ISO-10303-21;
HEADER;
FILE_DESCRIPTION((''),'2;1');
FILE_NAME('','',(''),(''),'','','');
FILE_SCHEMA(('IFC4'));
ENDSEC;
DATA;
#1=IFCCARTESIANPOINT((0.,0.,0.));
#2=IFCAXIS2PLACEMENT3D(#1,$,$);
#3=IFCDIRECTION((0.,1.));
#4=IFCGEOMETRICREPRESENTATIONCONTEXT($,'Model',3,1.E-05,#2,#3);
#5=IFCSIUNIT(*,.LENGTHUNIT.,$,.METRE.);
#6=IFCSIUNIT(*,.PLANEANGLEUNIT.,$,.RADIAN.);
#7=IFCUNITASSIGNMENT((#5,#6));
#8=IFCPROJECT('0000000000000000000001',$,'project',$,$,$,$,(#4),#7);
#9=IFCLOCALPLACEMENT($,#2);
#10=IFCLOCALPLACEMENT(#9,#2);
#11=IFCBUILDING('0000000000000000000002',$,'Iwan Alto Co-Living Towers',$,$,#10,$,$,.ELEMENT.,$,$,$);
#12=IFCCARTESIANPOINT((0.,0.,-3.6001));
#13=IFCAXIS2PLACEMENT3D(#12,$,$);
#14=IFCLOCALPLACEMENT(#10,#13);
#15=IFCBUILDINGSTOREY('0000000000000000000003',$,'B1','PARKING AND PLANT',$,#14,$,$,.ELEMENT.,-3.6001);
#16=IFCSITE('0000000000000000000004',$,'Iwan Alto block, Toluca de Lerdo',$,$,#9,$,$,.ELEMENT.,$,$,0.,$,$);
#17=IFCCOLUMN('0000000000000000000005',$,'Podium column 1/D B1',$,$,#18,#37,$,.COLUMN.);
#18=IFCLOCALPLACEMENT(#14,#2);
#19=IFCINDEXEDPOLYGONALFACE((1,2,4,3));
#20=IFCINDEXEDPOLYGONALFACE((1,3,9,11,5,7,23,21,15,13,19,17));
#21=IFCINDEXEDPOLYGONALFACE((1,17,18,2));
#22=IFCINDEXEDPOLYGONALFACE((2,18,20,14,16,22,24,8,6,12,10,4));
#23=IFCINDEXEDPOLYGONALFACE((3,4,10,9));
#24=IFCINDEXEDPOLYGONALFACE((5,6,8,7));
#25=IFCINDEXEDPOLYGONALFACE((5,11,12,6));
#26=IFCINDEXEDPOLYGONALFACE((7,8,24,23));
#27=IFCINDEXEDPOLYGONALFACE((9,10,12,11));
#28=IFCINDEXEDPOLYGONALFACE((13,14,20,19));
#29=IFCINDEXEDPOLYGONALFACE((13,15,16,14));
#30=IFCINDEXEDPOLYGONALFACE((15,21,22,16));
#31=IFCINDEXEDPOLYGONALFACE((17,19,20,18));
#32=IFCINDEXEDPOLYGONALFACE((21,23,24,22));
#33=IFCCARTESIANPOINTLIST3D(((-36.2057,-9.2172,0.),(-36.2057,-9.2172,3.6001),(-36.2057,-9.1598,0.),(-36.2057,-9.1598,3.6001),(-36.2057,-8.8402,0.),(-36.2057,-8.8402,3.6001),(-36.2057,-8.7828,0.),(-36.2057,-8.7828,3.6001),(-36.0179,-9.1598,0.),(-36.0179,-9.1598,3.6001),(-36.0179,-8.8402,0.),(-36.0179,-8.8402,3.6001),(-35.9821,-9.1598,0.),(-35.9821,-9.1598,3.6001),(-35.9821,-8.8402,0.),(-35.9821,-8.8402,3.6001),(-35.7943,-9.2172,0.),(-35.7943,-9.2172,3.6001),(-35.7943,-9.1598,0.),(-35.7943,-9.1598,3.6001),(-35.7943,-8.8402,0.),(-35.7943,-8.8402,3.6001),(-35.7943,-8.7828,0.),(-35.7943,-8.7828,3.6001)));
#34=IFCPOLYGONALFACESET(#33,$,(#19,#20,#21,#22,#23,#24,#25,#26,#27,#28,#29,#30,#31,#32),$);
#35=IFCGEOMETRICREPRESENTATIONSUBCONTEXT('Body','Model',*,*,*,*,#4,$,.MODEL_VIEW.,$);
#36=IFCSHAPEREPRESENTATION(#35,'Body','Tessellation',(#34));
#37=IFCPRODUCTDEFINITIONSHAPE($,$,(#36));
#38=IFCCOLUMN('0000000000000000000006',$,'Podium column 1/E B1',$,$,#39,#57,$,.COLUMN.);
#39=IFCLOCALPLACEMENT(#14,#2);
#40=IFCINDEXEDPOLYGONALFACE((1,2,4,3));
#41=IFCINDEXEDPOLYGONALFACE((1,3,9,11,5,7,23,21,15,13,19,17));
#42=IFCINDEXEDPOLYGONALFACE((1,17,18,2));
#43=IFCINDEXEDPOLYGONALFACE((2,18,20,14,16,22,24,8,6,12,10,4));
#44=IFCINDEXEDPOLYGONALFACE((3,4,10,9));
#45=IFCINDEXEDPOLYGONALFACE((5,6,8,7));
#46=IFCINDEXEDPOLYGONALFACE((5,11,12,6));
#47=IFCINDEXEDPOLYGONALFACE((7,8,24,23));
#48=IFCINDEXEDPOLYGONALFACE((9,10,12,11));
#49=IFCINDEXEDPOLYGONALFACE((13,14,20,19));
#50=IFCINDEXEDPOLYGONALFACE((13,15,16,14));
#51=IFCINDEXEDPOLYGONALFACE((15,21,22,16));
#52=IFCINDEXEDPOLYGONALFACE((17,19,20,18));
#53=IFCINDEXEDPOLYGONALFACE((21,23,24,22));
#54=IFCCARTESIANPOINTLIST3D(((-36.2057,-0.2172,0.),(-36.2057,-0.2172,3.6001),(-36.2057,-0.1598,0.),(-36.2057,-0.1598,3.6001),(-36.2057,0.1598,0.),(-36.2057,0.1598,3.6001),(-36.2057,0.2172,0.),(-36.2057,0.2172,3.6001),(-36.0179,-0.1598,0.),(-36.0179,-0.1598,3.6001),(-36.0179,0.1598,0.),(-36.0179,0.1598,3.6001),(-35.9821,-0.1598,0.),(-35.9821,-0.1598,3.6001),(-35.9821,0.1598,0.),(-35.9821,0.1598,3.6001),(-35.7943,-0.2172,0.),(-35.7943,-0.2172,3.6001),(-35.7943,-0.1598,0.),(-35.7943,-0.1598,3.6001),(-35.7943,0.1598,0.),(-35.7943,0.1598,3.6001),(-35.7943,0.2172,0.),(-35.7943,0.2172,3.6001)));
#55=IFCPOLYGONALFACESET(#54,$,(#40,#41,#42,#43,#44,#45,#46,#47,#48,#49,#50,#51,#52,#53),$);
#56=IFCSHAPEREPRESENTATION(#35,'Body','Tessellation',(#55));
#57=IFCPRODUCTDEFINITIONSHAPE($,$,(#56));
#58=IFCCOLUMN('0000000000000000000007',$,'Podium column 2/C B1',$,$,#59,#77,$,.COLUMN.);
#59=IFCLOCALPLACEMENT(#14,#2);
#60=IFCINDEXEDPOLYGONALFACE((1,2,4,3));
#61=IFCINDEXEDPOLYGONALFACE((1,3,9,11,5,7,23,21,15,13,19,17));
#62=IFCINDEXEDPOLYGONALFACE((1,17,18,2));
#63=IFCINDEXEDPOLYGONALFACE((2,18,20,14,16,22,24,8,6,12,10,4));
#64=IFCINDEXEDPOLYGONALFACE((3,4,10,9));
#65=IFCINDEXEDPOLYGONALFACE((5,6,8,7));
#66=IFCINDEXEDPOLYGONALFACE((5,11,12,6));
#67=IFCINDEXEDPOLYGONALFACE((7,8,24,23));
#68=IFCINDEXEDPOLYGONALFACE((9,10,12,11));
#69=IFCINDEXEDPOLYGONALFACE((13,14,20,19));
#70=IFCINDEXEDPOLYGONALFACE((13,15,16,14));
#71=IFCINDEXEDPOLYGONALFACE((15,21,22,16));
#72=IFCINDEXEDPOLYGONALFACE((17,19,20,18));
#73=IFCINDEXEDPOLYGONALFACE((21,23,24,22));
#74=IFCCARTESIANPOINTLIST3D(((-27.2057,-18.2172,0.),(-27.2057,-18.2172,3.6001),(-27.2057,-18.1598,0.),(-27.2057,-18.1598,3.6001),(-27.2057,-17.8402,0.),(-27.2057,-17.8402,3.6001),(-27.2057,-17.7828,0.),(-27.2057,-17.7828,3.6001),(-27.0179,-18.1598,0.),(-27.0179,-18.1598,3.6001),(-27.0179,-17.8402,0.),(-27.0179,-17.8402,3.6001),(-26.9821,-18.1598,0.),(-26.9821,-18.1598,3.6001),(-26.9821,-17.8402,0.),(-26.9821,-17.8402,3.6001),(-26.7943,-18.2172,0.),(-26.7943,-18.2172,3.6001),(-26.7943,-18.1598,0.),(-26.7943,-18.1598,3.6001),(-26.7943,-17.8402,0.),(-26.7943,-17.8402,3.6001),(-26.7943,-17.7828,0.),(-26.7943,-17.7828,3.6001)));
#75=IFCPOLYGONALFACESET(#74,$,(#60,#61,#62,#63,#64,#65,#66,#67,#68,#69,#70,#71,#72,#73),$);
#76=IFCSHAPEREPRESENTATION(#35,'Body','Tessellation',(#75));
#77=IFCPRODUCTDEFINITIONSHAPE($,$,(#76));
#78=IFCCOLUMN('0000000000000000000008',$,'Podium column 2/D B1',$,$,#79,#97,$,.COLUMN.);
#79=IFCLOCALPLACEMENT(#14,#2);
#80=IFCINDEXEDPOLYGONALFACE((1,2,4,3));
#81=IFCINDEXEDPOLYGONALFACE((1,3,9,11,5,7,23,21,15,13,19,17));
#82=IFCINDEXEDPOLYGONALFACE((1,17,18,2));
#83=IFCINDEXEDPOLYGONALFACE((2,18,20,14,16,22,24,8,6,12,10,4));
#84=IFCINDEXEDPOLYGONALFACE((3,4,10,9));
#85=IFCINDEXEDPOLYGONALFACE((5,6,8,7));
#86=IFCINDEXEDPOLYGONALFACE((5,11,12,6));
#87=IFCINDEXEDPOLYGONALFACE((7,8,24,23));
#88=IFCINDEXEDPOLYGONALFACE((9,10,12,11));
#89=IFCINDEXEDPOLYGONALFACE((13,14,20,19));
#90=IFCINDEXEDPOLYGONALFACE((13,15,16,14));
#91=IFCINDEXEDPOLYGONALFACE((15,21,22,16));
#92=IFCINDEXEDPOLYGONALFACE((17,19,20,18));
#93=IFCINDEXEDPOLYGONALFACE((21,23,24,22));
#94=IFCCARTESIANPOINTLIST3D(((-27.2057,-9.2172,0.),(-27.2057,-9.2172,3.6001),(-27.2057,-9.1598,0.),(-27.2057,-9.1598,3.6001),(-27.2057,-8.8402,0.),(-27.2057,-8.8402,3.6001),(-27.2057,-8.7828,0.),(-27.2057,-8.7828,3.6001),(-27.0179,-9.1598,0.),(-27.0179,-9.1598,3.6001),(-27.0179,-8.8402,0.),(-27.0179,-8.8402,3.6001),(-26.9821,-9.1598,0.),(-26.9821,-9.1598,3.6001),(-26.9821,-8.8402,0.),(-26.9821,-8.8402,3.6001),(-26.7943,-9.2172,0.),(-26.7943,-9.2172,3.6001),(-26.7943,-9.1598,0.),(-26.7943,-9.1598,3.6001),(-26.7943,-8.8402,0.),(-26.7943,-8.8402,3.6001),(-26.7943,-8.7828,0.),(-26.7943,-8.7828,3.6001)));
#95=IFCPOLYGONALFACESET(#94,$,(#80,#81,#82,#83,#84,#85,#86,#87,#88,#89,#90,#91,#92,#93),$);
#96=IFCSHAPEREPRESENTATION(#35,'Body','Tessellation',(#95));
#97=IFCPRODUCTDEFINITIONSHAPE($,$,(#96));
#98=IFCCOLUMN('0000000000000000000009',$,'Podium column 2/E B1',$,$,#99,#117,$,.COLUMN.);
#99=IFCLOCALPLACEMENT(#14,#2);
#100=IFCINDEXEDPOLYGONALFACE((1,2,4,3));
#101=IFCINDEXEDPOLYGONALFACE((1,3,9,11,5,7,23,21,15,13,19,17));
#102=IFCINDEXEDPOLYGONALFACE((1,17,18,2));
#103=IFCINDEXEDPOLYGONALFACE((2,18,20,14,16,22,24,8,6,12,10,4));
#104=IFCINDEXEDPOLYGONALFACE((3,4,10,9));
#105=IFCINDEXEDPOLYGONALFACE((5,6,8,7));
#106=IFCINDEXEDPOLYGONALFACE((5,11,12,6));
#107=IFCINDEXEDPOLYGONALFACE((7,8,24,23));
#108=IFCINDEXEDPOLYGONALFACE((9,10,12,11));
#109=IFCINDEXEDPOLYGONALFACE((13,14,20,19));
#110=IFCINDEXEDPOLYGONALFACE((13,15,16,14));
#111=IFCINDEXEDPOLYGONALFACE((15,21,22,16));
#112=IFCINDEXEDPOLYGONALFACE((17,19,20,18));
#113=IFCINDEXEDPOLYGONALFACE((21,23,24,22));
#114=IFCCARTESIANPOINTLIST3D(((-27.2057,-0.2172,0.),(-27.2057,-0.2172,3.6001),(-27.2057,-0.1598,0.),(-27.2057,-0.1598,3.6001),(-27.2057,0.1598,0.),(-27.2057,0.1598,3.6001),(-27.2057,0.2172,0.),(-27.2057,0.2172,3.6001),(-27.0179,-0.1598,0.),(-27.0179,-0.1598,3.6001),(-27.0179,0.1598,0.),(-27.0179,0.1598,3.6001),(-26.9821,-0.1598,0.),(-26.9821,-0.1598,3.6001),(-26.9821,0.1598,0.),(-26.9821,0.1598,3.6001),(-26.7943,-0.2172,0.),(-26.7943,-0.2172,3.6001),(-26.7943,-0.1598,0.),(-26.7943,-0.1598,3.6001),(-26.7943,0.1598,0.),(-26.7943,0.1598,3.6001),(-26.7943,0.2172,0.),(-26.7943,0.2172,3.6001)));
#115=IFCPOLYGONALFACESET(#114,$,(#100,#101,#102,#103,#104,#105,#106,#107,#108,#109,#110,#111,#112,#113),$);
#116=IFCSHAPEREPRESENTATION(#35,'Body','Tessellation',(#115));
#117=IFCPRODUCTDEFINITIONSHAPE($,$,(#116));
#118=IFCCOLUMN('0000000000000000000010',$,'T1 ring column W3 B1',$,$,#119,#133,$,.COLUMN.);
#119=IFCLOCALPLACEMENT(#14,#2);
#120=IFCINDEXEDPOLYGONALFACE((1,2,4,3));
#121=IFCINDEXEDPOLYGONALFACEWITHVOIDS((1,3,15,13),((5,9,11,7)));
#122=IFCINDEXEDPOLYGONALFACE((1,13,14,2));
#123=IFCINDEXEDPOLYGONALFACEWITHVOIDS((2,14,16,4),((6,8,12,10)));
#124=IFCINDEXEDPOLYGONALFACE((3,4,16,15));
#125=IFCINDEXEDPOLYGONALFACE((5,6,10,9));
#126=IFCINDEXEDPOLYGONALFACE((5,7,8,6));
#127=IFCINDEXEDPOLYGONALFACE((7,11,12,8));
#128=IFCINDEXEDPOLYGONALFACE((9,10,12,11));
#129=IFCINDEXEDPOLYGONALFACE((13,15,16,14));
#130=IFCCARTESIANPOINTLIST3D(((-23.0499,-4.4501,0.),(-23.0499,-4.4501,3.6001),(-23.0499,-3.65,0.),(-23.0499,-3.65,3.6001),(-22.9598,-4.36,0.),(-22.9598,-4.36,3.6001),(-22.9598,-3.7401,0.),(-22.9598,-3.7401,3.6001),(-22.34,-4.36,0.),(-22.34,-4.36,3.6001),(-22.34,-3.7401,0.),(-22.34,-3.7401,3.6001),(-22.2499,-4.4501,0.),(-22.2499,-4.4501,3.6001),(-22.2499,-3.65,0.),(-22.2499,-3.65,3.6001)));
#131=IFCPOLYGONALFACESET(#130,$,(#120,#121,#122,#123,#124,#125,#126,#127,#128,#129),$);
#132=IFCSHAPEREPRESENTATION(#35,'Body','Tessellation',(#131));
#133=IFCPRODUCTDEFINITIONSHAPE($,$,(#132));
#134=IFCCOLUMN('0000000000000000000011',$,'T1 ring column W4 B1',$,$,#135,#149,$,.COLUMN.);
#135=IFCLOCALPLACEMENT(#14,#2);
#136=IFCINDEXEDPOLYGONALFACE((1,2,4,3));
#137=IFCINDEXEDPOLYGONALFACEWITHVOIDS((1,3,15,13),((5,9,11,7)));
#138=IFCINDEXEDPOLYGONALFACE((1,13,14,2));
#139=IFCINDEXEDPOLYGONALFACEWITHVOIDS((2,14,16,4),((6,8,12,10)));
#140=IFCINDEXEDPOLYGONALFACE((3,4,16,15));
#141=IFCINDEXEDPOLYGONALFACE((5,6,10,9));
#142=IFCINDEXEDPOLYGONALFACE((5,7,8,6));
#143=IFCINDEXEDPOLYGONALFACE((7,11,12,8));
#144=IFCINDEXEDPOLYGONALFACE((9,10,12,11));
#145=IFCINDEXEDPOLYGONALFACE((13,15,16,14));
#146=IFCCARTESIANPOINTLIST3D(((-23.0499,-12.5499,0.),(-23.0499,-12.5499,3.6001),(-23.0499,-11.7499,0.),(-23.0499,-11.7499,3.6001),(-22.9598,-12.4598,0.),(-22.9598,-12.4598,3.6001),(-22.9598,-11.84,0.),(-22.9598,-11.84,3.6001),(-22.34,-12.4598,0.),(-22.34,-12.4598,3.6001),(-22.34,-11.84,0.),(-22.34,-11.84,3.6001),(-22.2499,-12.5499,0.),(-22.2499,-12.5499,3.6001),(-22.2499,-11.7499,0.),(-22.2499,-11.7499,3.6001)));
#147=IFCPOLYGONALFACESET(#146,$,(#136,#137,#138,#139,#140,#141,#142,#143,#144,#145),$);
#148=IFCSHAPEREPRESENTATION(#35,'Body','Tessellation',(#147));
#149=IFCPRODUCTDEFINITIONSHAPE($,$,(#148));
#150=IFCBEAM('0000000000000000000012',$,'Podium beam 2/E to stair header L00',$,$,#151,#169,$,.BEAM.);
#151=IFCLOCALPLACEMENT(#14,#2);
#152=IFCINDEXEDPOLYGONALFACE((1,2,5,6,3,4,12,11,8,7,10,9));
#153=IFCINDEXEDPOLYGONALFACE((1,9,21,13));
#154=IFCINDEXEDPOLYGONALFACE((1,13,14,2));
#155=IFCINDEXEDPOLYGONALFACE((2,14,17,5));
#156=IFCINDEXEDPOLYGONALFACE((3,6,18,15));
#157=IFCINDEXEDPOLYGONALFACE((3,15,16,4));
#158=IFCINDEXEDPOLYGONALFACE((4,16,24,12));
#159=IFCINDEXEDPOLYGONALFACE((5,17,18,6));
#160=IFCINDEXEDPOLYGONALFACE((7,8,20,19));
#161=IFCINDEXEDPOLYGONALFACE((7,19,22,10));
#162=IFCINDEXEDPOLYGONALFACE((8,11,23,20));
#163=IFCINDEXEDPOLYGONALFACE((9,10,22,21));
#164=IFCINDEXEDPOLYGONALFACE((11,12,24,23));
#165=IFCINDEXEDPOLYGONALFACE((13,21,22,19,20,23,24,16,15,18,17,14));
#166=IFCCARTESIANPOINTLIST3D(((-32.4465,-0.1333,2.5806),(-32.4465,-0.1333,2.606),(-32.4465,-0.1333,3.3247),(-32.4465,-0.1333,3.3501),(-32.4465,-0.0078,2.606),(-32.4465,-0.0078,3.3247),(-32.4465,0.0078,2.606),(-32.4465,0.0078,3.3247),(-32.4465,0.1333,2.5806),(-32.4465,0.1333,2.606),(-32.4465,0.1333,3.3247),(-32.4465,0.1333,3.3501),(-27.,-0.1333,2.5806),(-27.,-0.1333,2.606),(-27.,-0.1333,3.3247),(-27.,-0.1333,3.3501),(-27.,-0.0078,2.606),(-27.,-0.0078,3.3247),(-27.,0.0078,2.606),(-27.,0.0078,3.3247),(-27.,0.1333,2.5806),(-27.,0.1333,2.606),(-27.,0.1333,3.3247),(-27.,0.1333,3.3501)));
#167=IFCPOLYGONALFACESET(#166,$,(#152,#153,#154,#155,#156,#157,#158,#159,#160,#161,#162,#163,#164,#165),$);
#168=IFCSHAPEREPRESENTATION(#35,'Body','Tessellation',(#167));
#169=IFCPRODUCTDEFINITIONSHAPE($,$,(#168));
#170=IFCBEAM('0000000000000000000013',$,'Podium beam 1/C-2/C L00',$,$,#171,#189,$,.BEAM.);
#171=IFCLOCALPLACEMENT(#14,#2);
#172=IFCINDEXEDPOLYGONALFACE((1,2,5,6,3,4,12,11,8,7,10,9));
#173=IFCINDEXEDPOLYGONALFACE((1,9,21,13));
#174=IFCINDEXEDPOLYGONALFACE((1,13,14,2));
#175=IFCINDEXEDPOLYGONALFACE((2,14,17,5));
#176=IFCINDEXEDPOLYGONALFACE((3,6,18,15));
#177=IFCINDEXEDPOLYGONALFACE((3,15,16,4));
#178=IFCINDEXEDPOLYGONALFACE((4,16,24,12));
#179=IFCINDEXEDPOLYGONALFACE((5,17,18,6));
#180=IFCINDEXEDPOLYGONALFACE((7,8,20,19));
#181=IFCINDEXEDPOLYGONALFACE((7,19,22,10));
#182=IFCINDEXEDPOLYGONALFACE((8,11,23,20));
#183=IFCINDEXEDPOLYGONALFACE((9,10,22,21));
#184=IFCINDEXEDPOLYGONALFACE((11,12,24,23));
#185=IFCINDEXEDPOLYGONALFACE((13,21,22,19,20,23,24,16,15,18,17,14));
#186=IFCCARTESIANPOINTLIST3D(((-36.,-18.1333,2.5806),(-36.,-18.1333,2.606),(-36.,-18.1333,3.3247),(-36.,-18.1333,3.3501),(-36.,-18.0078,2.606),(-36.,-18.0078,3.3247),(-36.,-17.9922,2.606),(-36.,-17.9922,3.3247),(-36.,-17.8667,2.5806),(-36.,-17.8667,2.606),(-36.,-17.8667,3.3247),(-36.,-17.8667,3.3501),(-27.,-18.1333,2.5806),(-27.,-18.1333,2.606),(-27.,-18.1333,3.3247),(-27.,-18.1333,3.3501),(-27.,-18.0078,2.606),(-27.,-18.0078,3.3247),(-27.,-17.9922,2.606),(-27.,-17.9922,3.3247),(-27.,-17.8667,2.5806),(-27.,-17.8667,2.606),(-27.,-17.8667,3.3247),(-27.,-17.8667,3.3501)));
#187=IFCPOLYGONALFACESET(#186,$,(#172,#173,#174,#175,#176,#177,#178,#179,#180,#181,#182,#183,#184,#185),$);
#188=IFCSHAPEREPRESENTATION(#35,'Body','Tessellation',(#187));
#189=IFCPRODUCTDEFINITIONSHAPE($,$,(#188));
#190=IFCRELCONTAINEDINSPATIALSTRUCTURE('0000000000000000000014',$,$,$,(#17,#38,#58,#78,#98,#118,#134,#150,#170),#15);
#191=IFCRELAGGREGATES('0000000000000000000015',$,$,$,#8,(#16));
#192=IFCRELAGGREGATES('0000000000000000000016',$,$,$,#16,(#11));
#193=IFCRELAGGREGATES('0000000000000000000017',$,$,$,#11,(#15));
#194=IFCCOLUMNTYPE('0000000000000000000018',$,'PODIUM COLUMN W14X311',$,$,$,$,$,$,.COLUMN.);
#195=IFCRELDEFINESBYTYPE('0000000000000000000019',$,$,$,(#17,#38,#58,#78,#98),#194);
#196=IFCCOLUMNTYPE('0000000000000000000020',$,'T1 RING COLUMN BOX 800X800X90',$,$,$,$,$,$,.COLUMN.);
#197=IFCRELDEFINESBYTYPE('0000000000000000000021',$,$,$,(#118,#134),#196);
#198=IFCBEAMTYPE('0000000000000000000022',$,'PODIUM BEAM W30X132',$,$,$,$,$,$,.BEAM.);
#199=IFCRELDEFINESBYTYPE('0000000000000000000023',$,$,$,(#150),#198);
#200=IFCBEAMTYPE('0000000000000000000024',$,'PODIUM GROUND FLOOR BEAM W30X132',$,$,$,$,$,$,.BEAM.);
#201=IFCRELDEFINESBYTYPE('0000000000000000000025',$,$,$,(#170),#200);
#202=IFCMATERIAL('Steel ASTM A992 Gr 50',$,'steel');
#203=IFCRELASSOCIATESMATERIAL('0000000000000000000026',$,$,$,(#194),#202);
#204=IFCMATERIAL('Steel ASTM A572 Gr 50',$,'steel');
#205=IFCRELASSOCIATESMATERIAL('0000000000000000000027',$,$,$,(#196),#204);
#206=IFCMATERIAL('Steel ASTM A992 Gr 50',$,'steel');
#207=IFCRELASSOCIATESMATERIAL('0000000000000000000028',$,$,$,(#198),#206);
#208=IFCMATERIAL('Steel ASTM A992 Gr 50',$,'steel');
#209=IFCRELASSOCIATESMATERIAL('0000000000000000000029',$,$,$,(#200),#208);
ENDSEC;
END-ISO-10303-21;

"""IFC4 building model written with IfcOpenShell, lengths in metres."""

from ifc_helpers import new_model, si_unit, direction, frame, origin, origin_2d, place, context, subcontext, project, spatial, hollow_rectangle, i_section, extrude, material, material_profile, profile_set, type_object, element, save


model = new_model("IFC4")

# Units and contexts
model_context = context("Model", 3, precision=1e-05, world=origin(), true_north=direction((0.0, 1.0)))
body_context = subcontext(model_context, "Body", "Model", "MODEL_VIEW")
ifc_project = project(units=[si_unit("LENGTHUNIT", "METRE"), si_unit("PLANEANGLEUNIT", "RADIAN")], contexts=[model_context])

# Site, building, storey
site_placement = place(None, origin())
site = spatial("IfcSite", under=ifc_project, at=site_placement, Name="Iwan Alto block, Toluca de Lerdo", CompositionType="ELEMENT", RefElevation=0.0)
building_placement = place(site_placement, origin())
building = spatial("IfcBuilding", under=site, at=building_placement, Name="Iwan Alto Co-Living Towers", CompositionType="ELEMENT")
storey_placement = place(building_placement, frame((0.0, 0.0, -3.6001)))
storey = spatial("IfcBuildingStorey", under=building, at=storey_placement, Name="B1", Description="PARKING AND PLANT", CompositionType="ELEMENT", Elevation=-3.6001)

# Columns
ifc_material_1 = material(Name="Steel ASTM A992 Gr 50", Category="steel")
ifc_material_profile_1 = material_profile(ifc_material_1, i_section(OverallWidth=0.4114, OverallDepth=0.4343, WebThickness=0.0359, FlangeThickness=0.0574, at=origin_2d()), Name="W14X311")
ifc_profile_set_1 = profile_set([ifc_material_profile_1], Name="Steel ASTM A992 Gr 50")
column_type_1 = type_object("IfcColumnType", Name="PODIUM COLUMN W14X311", PredefinedType="COLUMN", material=ifc_profile_set_1)
for number, where, z_axis, x_axis, name in (
    (1, (-36.0, -9.0, 0.0), (0.0, 0.0, 1.0), (1.0, 0.0, 0.0), "Podium column 1/D B1"),
    (2, (-36.0, 0.0, 0.0), (0.0, 0.0, 1.0), (1.0, 0.0, 0.0), "Podium column 1/E B1"),
    (3, (-27.0, -18.0, 0.0), (0.0, 0.0, 1.0), (1.0, 0.0, 0.0), "Podium column 2/C B1"),
    (4, (-27.0, -9.0, 0.0), (0.0, 0.0, 1.0), (1.0, 0.0, 0.0), "Podium column 2/D B1"),
    (5, (-27.0, 0.0, 0.0), (0.0, 0.0, 1.0), (1.0, 0.0, 0.0), "Podium column 2/E B1"),
):
    element("IfcColumn", number, at=place(storey_placement, frame(where, z_axis=z_axis, x_axis=x_axis)), inside=storey, type_object=column_type_1, Name=name, PredefinedType="COLUMN", context=body_context, shape_type="SweptSolid", body=[
        extrude(i_section(OverallWidth=0.4114, OverallDepth=0.4343, WebThickness=0.0359, FlangeThickness=0.0574, at=origin_2d()), origin(), (0.0, 0.0, 1.0), 3.6001),
    ])
ifc_material_2 = material(Name="Steel ASTM A572 Gr 50", Category="steel")
ifc_material_profile_2 = material_profile(ifc_material_2, hollow_rectangle(XDim=0.8, YDim=0.8, WallThickness=0.0901, at=origin_2d()), Name="BOX 800X800X90")
ifc_profile_set_2 = profile_set([ifc_material_profile_2], Name="Steel ASTM A572 Gr 50")
column_type_2 = type_object("IfcColumnType", Name="T1 RING COLUMN BOX 800X800X90", PredefinedType="COLUMN", material=ifc_profile_set_2)
for number, where, z_axis, x_axis, name in (
    (6, (-22.6499, -4.05, 0.0), (0.0, 0.0, 1.0), (1.0, 0.0, 0.0), "T1 ring column W3 B1"),
    (7, (-22.6499, -12.1499, 0.0), (0.0, 0.0, 1.0), (1.0, 0.0, 0.0), "T1 ring column W4 B1"),
):
    element("IfcColumn", number, at=place(storey_placement, frame(where, z_axis=z_axis, x_axis=x_axis)), inside=storey, type_object=column_type_2, Name=name, PredefinedType="COLUMN", context=body_context, shape_type="SweptSolid", body=[
        extrude(hollow_rectangle(XDim=0.8, YDim=0.8, WallThickness=0.0901, at=origin_2d()), origin(), (0.0, 0.0, 1.0), 3.6001),
    ])

# Beams
ifc_material_3 = material(Name="Steel ASTM A992 Gr 50", Category="steel")
ifc_material_profile_3 = material_profile(ifc_material_3, i_section(OverallWidth=0.2666, OverallDepth=0.7695, WebThickness=0.0156, FlangeThickness=0.0254, at=origin_2d()), Name="W30X132")
ifc_profile_set_3 = profile_set([ifc_material_profile_3], Name="Steel ASTM A992 Gr 50")
beam_type_1 = type_object("IfcBeamType", Name="PODIUM BEAM W30X132", PredefinedType="BEAM", material=ifc_profile_set_3)
beam_1_placement = place(storey_placement, frame((-27.0, 0.0, 2.9653), z_axis=(-1.0, 0.0, 0.0), x_axis=(0.0, -1.0, 0.0)))
element("IfcBeam", 8, at=beam_1_placement, inside=storey, type_object=beam_type_1, Name="Podium beam 2/E to stair header L00", PredefinedType="BEAM", context=body_context, shape_type="SweptSolid", body=[
    extrude(i_section(OverallWidth=0.2666, OverallDepth=0.7695, WebThickness=0.0156, FlangeThickness=0.0254, at=origin_2d()), origin(), (0.0, 0.0, 1.0), 5.4465),
])
ifc_material_4 = material(Name="Steel ASTM A992 Gr 50", Category="steel")
ifc_material_profile_4 = material_profile(ifc_material_4, i_section(OverallWidth=0.2666, OverallDepth=0.7695, WebThickness=0.0156, FlangeThickness=0.0254, at=origin_2d()), Name="W30X132")
ifc_profile_set_4 = profile_set([ifc_material_profile_4], Name="Steel ASTM A992 Gr 50")
beam_type_2 = type_object("IfcBeamType", Name="PODIUM GROUND FLOOR BEAM W30X132", PredefinedType="BEAM", material=ifc_profile_set_4)
for number, where, z_axis, x_axis, name in (
    (9, (-36.0, -18.0, 2.9653), (1.0, 0.0, 0.0), (0.0, 1.0, 0.0), "Podium beam 1/C-2/C L00"),
):
    element("IfcBeam", number, at=place(storey_placement, frame(where, z_axis=z_axis, x_axis=x_axis)), inside=storey, type_object=beam_type_2, Name=name, PredefinedType="BEAM", context=body_context, shape_type="SweptSolid", body=[
        extrude(i_section(OverallWidth=0.2666, OverallDepth=0.7695, WebThickness=0.0156, FlangeThickness=0.0254, at=origin_2d()), origin(), (0.0, 0.0, 1.0), 9.0),
    ])

save(model, "model.ifc")
